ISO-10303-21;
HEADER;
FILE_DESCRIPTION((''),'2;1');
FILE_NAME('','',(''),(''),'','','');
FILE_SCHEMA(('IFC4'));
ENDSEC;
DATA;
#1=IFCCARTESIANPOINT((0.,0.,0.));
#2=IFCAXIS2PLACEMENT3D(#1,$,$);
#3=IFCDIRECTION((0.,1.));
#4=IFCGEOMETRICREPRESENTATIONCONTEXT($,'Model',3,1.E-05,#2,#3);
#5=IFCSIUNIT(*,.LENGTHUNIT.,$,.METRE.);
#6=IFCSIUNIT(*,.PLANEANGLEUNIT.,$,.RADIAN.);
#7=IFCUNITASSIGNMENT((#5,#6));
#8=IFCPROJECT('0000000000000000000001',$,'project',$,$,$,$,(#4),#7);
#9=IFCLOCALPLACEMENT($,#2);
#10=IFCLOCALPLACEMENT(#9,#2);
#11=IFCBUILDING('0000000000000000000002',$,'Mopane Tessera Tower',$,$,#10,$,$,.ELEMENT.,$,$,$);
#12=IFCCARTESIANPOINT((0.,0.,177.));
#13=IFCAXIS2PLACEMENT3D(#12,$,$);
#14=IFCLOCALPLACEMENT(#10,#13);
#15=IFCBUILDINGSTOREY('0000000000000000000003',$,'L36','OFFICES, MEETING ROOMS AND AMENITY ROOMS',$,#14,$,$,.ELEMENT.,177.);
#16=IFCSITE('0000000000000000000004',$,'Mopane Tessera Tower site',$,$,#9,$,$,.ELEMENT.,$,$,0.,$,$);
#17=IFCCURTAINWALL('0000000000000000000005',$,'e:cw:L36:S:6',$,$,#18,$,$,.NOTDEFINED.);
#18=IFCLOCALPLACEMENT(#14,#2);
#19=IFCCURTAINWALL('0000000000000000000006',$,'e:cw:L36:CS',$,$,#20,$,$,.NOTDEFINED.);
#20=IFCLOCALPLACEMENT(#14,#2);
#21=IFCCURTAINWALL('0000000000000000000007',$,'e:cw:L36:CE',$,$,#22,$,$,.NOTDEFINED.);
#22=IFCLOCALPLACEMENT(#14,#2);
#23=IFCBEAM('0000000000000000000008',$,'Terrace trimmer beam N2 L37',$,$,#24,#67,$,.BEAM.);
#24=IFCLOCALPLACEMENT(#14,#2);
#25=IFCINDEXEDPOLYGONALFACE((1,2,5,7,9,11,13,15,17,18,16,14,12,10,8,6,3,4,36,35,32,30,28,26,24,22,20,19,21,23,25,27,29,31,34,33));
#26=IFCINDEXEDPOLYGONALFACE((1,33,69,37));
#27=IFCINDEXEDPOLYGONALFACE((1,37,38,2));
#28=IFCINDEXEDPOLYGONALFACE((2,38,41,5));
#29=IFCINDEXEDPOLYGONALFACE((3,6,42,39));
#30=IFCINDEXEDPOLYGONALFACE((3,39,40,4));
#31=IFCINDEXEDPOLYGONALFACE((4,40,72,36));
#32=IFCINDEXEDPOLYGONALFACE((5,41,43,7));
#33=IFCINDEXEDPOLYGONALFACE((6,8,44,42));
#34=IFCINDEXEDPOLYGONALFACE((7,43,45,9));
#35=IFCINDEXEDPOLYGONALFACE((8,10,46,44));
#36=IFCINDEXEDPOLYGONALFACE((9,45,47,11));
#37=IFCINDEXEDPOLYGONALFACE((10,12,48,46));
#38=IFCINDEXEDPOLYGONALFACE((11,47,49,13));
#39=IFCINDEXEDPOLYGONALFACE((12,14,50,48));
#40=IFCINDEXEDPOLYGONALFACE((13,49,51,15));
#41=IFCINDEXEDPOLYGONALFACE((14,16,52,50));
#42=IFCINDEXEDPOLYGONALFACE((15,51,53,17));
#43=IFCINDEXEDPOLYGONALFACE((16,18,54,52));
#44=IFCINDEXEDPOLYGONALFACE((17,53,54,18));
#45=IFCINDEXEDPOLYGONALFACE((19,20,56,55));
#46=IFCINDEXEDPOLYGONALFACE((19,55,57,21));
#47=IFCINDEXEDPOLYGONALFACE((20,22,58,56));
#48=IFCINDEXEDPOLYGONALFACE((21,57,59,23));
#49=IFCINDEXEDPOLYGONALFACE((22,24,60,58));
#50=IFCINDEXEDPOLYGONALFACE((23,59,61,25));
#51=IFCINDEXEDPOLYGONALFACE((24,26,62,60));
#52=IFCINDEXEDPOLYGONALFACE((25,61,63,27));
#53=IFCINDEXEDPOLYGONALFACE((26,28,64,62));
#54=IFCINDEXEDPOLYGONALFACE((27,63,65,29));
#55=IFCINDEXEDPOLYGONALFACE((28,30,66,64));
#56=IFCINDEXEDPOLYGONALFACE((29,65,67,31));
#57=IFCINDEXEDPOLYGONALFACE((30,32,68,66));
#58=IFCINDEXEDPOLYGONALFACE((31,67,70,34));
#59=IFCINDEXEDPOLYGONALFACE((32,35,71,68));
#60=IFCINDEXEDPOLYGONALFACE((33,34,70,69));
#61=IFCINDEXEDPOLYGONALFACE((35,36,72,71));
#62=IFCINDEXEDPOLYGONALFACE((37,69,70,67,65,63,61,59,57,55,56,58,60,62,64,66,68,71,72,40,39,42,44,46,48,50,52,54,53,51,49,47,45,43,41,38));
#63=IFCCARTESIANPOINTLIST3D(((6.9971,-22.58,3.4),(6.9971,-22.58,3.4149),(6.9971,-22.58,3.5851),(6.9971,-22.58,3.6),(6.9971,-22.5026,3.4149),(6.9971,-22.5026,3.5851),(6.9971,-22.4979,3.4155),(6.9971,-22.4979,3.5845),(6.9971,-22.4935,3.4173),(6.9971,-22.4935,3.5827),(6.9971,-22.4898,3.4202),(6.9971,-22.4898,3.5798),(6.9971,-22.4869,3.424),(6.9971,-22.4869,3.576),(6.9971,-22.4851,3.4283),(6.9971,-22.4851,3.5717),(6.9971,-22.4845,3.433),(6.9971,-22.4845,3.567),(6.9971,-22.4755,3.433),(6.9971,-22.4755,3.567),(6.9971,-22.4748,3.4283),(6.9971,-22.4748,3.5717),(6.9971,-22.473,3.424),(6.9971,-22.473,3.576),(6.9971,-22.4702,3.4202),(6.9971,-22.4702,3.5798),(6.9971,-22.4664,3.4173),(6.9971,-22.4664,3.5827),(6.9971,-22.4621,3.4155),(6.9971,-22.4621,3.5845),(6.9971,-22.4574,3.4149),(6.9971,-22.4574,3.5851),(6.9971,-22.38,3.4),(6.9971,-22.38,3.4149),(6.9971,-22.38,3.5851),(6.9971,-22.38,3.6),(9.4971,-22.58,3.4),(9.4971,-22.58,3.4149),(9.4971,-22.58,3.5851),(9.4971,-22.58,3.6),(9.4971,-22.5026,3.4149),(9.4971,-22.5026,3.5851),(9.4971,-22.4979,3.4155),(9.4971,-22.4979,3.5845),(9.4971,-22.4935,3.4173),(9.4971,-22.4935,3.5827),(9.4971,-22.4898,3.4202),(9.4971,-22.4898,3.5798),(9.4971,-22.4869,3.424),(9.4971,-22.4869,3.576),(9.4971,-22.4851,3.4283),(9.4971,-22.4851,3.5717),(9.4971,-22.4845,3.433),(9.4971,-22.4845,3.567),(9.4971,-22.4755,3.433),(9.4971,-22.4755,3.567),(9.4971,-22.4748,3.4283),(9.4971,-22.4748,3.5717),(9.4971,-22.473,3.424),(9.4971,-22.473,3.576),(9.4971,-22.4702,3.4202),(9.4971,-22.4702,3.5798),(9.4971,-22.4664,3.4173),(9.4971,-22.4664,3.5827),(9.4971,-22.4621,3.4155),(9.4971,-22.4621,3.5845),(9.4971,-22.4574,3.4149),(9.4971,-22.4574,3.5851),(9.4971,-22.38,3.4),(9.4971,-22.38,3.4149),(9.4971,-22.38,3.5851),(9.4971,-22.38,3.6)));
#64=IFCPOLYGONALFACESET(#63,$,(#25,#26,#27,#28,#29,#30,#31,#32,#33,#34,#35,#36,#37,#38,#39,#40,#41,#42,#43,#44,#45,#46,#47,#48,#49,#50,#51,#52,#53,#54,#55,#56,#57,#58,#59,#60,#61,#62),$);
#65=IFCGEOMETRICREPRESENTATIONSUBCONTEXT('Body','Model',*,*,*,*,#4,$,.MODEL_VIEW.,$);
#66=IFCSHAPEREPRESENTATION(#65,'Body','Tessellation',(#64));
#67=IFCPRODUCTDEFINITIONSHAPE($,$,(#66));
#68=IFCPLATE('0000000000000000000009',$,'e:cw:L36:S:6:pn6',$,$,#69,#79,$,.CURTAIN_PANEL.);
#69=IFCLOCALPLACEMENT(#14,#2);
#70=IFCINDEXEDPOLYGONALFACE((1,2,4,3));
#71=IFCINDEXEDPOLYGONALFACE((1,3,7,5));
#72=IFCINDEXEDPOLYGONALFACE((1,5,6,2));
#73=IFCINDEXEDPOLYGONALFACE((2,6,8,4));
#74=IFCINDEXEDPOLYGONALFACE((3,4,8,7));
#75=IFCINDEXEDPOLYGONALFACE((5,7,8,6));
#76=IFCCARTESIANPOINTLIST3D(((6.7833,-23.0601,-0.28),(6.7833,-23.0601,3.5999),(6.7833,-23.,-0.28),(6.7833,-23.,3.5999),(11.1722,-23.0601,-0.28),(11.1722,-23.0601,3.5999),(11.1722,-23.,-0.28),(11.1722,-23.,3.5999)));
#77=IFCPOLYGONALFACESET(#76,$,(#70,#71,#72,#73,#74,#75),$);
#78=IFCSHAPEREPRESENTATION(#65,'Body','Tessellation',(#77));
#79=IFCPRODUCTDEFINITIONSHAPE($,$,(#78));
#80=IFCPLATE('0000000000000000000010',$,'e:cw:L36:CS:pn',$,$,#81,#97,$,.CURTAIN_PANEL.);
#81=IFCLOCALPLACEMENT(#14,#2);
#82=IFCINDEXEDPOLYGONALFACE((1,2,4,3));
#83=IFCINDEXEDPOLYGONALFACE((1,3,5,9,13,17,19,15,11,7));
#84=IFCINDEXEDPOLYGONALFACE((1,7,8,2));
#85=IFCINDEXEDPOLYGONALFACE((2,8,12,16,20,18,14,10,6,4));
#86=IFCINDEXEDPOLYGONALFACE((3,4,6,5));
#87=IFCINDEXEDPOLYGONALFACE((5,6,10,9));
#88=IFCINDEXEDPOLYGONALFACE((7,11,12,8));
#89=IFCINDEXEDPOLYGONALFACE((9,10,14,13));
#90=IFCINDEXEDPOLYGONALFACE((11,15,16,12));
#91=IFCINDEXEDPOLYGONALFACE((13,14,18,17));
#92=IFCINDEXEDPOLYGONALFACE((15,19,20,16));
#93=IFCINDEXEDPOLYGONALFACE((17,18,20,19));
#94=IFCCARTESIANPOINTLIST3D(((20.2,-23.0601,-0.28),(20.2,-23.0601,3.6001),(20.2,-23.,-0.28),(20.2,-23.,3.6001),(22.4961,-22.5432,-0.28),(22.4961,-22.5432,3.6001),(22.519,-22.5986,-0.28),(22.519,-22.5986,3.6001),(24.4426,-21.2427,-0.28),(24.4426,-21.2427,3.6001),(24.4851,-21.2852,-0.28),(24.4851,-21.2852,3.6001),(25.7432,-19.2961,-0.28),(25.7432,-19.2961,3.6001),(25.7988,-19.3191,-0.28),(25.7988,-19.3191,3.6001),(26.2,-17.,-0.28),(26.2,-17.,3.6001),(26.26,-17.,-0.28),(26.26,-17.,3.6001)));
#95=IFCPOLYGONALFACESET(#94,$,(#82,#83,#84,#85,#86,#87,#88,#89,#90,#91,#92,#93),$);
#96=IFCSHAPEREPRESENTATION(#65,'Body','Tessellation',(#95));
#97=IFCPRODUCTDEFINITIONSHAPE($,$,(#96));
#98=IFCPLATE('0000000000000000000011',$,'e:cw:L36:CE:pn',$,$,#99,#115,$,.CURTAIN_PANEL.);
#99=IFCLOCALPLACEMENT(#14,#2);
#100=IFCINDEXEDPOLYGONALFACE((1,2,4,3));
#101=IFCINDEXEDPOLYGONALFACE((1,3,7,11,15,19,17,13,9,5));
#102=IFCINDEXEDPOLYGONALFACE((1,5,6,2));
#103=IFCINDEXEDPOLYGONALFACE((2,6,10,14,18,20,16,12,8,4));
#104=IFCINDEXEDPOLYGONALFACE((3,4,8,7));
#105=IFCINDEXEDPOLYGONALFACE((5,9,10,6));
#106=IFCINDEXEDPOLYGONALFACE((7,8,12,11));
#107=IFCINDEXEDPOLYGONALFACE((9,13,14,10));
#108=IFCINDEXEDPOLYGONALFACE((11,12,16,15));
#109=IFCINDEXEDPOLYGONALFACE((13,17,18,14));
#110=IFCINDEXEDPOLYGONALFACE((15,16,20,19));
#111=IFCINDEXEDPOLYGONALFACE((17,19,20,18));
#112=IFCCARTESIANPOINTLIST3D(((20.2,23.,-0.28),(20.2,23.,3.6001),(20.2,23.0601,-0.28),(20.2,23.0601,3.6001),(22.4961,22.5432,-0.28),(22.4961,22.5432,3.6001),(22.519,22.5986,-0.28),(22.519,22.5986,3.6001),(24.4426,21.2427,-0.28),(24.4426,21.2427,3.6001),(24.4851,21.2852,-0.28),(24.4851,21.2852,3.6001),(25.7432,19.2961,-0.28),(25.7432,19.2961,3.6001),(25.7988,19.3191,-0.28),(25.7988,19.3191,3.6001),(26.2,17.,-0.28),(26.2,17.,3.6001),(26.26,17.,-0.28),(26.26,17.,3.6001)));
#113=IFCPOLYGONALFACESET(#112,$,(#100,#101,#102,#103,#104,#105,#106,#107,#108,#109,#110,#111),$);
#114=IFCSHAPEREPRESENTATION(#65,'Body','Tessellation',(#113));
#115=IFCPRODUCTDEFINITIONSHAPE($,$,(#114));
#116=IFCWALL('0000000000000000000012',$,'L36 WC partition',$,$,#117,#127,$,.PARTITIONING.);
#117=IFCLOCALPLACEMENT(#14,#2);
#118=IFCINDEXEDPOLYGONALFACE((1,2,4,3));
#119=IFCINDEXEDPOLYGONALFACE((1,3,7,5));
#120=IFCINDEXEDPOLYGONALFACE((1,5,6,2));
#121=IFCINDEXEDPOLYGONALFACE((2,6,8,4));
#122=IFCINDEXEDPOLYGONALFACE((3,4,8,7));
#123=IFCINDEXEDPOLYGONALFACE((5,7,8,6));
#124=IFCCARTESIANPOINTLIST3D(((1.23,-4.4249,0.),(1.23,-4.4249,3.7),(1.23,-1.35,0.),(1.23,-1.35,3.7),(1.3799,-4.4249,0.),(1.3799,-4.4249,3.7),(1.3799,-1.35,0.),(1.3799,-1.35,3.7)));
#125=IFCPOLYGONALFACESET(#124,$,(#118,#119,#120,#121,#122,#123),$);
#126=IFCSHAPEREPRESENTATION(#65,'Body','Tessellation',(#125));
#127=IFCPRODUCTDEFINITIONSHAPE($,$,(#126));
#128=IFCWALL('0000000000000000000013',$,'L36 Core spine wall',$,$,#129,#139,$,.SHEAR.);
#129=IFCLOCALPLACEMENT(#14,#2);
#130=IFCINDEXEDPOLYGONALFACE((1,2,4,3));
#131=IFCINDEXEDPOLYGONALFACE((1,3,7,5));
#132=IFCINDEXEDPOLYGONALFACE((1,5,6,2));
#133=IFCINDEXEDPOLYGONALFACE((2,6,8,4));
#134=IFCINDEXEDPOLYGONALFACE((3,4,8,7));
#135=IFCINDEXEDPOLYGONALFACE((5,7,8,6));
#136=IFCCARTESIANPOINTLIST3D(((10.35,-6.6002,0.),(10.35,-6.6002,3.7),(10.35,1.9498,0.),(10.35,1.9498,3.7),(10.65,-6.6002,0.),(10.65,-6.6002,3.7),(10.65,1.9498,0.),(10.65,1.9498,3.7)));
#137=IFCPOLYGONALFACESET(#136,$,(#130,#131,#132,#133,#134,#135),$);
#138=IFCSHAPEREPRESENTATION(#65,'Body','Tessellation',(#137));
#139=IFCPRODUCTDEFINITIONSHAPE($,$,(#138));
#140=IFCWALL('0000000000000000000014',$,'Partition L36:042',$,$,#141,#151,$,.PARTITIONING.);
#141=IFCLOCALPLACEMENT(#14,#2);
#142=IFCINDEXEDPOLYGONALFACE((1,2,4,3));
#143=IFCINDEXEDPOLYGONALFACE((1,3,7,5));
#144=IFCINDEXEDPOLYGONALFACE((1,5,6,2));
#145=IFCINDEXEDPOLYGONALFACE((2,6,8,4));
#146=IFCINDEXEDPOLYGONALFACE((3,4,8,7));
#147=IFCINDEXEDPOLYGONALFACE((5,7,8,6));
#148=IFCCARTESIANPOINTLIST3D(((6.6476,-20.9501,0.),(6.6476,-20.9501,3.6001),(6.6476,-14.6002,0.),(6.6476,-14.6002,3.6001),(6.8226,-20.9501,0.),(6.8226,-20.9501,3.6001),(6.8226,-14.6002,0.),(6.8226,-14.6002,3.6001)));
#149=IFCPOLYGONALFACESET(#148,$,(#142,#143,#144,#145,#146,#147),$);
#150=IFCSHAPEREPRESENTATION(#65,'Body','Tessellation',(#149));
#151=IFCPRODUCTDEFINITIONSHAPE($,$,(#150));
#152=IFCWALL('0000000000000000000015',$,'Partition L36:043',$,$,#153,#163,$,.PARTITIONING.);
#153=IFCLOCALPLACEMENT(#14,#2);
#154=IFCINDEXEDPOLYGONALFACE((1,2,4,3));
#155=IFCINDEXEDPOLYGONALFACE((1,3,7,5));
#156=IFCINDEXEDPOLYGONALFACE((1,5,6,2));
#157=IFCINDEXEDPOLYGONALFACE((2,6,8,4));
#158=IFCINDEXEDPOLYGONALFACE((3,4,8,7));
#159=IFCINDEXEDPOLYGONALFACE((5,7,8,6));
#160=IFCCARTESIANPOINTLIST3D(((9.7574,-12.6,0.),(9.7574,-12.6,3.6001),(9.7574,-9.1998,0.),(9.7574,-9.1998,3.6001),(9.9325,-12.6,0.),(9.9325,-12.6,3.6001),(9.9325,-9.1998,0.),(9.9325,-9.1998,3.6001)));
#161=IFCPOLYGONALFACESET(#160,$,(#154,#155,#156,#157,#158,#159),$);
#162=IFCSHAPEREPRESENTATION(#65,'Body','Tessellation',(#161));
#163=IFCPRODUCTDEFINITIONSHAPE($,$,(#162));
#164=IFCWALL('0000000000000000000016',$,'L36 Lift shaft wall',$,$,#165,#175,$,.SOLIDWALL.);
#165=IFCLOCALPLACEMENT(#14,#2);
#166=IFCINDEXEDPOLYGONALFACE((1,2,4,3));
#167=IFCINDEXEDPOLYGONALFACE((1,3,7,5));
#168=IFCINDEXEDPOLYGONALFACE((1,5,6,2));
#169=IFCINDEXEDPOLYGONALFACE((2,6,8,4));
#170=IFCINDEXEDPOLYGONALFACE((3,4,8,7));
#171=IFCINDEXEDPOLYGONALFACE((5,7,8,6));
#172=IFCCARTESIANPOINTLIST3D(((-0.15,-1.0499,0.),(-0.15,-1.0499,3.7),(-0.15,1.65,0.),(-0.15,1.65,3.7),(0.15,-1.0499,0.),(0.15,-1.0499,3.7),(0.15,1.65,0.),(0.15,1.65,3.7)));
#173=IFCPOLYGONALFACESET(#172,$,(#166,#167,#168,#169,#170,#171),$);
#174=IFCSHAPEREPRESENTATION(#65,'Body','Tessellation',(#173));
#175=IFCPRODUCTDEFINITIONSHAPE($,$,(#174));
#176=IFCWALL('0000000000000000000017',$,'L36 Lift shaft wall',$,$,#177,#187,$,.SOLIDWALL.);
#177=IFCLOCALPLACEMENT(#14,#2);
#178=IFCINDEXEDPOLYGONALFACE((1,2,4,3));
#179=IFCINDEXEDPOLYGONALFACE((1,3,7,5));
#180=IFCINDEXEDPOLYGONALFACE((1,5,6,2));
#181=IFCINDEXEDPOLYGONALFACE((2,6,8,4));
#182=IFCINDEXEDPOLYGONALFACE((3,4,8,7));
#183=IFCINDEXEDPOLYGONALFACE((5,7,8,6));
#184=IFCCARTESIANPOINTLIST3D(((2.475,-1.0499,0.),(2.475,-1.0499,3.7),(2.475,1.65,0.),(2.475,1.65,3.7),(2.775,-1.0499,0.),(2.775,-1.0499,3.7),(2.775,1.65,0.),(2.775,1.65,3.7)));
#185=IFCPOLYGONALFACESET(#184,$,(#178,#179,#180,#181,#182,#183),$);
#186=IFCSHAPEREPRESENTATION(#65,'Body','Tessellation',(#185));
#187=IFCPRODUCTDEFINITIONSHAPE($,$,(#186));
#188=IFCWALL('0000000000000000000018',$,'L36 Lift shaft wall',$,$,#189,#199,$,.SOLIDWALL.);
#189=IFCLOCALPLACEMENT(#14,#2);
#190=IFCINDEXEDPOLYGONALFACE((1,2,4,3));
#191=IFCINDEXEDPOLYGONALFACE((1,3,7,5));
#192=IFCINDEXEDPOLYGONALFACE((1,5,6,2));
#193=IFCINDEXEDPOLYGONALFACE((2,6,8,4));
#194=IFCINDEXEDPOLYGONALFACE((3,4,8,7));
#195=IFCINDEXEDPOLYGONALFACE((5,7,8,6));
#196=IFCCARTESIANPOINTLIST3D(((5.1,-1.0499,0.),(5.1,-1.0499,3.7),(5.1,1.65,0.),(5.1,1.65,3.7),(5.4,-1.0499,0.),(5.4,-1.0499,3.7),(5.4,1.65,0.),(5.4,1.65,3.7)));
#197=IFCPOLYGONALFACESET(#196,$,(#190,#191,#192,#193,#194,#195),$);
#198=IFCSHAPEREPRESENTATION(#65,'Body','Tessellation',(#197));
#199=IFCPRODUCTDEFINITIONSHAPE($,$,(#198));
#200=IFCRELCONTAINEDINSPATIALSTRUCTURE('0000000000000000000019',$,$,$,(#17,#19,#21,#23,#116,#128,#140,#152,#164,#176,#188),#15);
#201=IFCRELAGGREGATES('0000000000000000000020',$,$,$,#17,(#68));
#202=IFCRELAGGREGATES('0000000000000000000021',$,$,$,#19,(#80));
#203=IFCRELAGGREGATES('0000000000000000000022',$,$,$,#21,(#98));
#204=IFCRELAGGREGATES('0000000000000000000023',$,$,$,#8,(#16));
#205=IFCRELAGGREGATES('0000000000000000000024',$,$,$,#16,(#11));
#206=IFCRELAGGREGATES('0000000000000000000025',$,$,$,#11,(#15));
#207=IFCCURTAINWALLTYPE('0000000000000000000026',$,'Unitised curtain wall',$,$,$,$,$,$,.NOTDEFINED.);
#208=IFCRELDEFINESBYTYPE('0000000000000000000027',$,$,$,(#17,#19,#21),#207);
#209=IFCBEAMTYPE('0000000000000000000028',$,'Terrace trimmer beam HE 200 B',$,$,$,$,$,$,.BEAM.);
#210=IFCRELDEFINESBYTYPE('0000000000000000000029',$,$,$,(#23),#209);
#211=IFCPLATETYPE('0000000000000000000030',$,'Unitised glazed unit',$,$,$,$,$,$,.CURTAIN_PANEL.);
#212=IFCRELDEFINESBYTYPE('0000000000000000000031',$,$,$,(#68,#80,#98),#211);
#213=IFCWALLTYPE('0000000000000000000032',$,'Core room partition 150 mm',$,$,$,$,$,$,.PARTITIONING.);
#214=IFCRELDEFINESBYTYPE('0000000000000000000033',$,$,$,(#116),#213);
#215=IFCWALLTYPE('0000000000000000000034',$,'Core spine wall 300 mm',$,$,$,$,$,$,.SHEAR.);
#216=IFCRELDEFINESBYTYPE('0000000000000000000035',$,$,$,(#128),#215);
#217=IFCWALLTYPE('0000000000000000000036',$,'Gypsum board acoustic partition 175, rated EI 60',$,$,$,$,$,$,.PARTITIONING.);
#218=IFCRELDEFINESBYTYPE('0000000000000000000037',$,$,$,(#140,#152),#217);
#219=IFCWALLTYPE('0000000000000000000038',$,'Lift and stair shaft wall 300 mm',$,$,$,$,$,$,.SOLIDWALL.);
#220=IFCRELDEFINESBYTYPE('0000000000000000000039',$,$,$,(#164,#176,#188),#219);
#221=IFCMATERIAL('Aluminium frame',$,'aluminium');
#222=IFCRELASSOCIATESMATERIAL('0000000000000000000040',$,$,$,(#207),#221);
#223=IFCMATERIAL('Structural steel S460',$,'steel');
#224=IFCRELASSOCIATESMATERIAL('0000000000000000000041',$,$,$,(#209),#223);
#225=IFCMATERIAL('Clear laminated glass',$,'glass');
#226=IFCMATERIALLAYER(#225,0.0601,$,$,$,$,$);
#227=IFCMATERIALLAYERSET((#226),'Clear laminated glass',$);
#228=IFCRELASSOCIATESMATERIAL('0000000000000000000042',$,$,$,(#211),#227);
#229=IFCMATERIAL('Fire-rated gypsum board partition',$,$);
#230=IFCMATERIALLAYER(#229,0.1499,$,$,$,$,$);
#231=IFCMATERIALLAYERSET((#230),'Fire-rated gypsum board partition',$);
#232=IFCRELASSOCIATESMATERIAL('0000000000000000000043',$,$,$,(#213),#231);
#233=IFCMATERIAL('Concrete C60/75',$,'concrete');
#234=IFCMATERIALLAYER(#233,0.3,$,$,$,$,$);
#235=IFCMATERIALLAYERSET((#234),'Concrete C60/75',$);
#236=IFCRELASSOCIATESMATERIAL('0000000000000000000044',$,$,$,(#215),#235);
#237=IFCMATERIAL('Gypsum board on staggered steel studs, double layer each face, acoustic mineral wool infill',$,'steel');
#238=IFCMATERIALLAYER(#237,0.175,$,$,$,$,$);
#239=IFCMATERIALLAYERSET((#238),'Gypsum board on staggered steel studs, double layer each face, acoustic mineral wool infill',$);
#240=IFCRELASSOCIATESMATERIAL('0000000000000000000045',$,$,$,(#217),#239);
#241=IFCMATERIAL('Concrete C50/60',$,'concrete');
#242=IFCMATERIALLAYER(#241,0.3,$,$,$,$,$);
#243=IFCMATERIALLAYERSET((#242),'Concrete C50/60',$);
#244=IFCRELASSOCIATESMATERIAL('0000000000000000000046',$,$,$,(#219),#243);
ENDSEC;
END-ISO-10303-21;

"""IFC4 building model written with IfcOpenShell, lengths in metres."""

from ifc_helpers import new_model, si_unit, direction, frame, frame_2d, origin, origin_2d, place, context, subcontext, project, spatial, polyline, rectangle, i_section, outline, extrude, material, layer, layer_set, material_profile, profile_set, type_object, element, aggregate, save


model = new_model("IFC4")

# Units and contexts
model_context = context("Model", 3, precision=1e-05, world=origin(), true_north=direction((0.0, 1.0)))
body_context = subcontext(model_context, "Body", "Model", "MODEL_VIEW")
ifc_project = project(units=[si_unit("LENGTHUNIT", "METRE"), si_unit("PLANEANGLEUNIT", "RADIAN")], contexts=[model_context])

# Site, building, storey
site_placement = place(None, origin())
site = spatial("IfcSite", under=ifc_project, at=site_placement, Name="Mopane Tessera Tower site", CompositionType="ELEMENT", RefElevation=0.0)
building_placement = place(site_placement, origin())
building = spatial("IfcBuilding", under=site, at=building_placement, Name="Mopane Tessera Tower", CompositionType="ELEMENT")
storey_placement = place(building_placement, frame((0.0, 0.0, 177.0)))
storey = spatial("IfcBuildingStorey", under=building, at=storey_placement, Name="L36", Description="OFFICES, MEETING ROOMS AND AMENITY ROOMS", CompositionType="ELEMENT", Elevation=177.0)

# Curtain wall
ifc_material_1 = material(Name="Aluminium frame", Category="aluminium")
curtain_wall_type = type_object("IfcCurtainWallType", Name="Unitised curtain wall", PredefinedType="NOTDEFINED", material=ifc_material_1)
curtain_wall_1_placement = place(storey_placement, origin())
curtain_wall_1 = element("IfcCurtainWall", 1, at=curtain_wall_1_placement, inside=storey, type_object=curtain_wall_type, Name="e:cw:L36:S:6", PredefinedType="NOTDEFINED")

# Curtain walls
curtain_wall_2_placement = place(storey_placement, origin())
curtain_wall_2 = element("IfcCurtainWall", 2, at=curtain_wall_2_placement, inside=storey, type_object=curtain_wall_type, Name="e:cw:L36:CS", PredefinedType="NOTDEFINED")
curtain_wall_3_placement = place(storey_placement, origin())
curtain_wall_3 = element("IfcCurtainWall", 3, at=curtain_wall_3_placement, inside=storey, type_object=curtain_wall_type, Name="e:cw:L36:CE", PredefinedType="NOTDEFINED")

# Beam
ifc_material_2 = material(Name="Structural steel S460", Category="steel")
ifc_material_profile_1 = material_profile(ifc_material_2, i_section(OverallWidth=0.2, OverallDepth=0.2, WebThickness=0.009, FlangeThickness=0.0149, FilletRadius=0.0181, at=origin_2d()))
ifc_profile_set_1 = profile_set([ifc_material_profile_1], Name="Structural steel S460")
beam_type_1 = type_object("IfcBeamType", Name="Terrace trimmer beam HE 200 B", PredefinedType="BEAM", material=ifc_profile_set_1)
beam_1_placement = place(storey_placement, frame((9.4971, -22.48, 3.5), z_axis=(-1.0, 0.0, 0.0), x_axis=(0.0, -1.0, 0.0)))
element("IfcBeam", 4, at=beam_1_placement, inside=storey, type_object=beam_type_1, Name="Terrace trimmer beam N2 L37", PredefinedType="BEAM", context=body_context, shape_type="SweptSolid", body=[
    extrude(i_section(OverallWidth=0.2, OverallDepth=0.2, WebThickness=0.009, FlangeThickness=0.0149, FilletRadius=0.0181, at=origin_2d()), origin(), (0.0, 0.0, 1.0), 2.5),
])

# Plates
ifc_material_3 = material(Name="Clear laminated glass", Category="glass")
ifc_layer_1 = layer(ifc_material_3, 0.0601)
ifc_layer_set_1 = layer_set([ifc_layer_1], Name="Clear laminated glass")
plate_type = type_object("IfcPlateType", Name="Unitised glazed unit", PredefinedType="CURTAIN_PANEL", material=ifc_layer_set_1)
plate_1_placement = place(storey_placement, frame((8.9778, -23.03, -0.28), z_axis=(0.0, 0.0, 1.0), x_axis=(1.0, 0.0, 0.0)))
plate_1 = element("IfcPlate", 5, at=plate_1_placement, type_object=plate_type, Name="e:cw:L36:S:6:pn6", PredefinedType="CURTAIN_PANEL", context=body_context, shape_type="SweptSolid", body=[
    extrude(rectangle(XDim=4.3889, YDim=0.0601, at=origin_2d()), origin(), (0.0, 0.0, 1.0), 3.8799),
])
aggregate(curtain_wall_1, [plate_1])
plate_2_placement = place(storey_placement, frame((0.0, 0.0, -0.28)))
plate_2 = element("IfcPlate", 6, at=plate_2_placement, type_object=plate_type, Name="e:cw:L36:CS:pn", PredefinedType="CURTAIN_PANEL", context=body_context, shape_type="SweptSolid", body=[
    extrude(outline(polyline([(20.2, -23.0), (22.4961, -22.5432), (24.4426, -21.2427), (25.7432, -19.2961), (26.2, -17.0), (26.26, -17.0), (25.7988, -19.3191), (24.4851, -21.2852), (22.519, -22.5986), (20.2, -23.0601), (20.2, -23.0)])), origin(), (0.0, 0.0, 1.0), 3.8801),
])
aggregate(curtain_wall_2, [plate_2])
plate_3_placement = place(storey_placement, frame((0.0, 0.0, -0.28)))
plate_3 = element("IfcPlate", 7, at=plate_3_placement, type_object=plate_type, Name="e:cw:L36:CE:pn", PredefinedType="CURTAIN_PANEL", context=body_context, shape_type="SweptSolid", body=[
    extrude(outline(polyline([(26.2, 17.0), (25.7432, 19.2961), (24.4426, 21.2427), (22.4961, 22.5432), (20.2, 23.0), (20.2, 23.0601), (22.519, 22.5986), (24.4851, 21.2852), (25.7988, 19.3191), (26.26, 17.0), (26.2, 17.0)])), origin(), (0.0, 0.0, 1.0), 3.8801),
])
aggregate(curtain_wall_3, [plate_3])

# Walls
ifc_material_4 = material(Name="Fire-rated gypsum board partition")
ifc_layer_2 = layer(ifc_material_4, 0.1499)
ifc_layer_set_2 = layer_set([ifc_layer_2], Name="Fire-rated gypsum board partition")
wall_type_1 = type_object("IfcWallType", Name="Core room partition 150 mm", PredefinedType="PARTITIONING", material=ifc_layer_set_2)
wall_1_placement = place(storey_placement, frame((1.3049, -4.425, 0.0), z_axis=(0.0, 0.0, 1.0), x_axis=(0.0, 1.0, 0.0)))
element("IfcWall", 8, at=wall_1_placement, inside=storey, type_object=wall_type_1, Name="L36 WC partition", PredefinedType="PARTITIONING", context=body_context, shape_type="SweptSolid", body=[
    extrude(rectangle(XDim=3.075, YDim=0.1499, at=frame_2d((1.5376, 0.0))), origin(), (0.0, 0.0, 1.0), 3.7),
])
ifc_material_5 = material(Name="Concrete C60/75", Category="concrete")
ifc_layer_3 = layer(ifc_material_5, 0.3)
ifc_layer_set_3 = layer_set([ifc_layer_3], Name="Concrete C60/75")
wall_type_2 = type_object("IfcWallType", Name="Core spine wall 300 mm", PredefinedType="SHEAR", material=ifc_layer_set_3)
wall_2_placement = place(storey_placement, frame((10.5, -6.6001, 0.0), z_axis=(0.0, 0.0, 1.0), x_axis=(0.0, 1.0, 0.0)))
element("IfcWall", 9, at=wall_2_placement, inside=storey, type_object=wall_type_2, Name="L36 Core spine wall", PredefinedType="SHEAR", context=body_context, shape_type="SweptSolid", body=[
    extrude(rectangle(XDim=8.55, YDim=0.3, at=frame_2d((4.2749, 0.0))), origin(), (0.0, 0.0, 1.0), 3.7),
])
ifc_material_6 = material(Name="Gypsum board on staggered steel studs, double layer each face, acoustic mineral wool infill", Category="steel")
ifc_layer_4 = layer(ifc_material_6, 0.175)
ifc_layer_set_4 = layer_set([ifc_layer_4], Name="Gypsum board on staggered steel studs, double layer each face, acoustic mineral wool infill")
wall_type_3 = type_object("IfcWallType", Name="Gypsum board acoustic partition 175, rated EI 60", PredefinedType="PARTITIONING", material=ifc_layer_set_4)
wall_3_placement = place(storey_placement, frame((6.7351, -20.95, 0.0), z_axis=(0.0, 0.0, 1.0), x_axis=(0.0, 1.0, 0.0)))
element("IfcWall", 10, at=wall_3_placement, inside=storey, type_object=wall_type_3, Name="Partition L36:042", PredefinedType="PARTITIONING", context=body_context, shape_type="SweptSolid", body=[
    extrude(rectangle(XDim=6.3499, YDim=0.175, at=frame_2d((3.1748, 0.0))), origin(), (0.0, 0.0, 1.0), 3.6001),
])
wall_4_placement = place(storey_placement, frame((9.845, -12.6001, 0.0), z_axis=(0.0, 0.0, 1.0), x_axis=(0.0, 1.0, 0.0)))
element("IfcWall", 11, at=wall_4_placement, inside=storey, type_object=wall_type_3, Name="Partition L36:043", PredefinedType="PARTITIONING", context=body_context, shape_type="SweptSolid", body=[
    extrude(rectangle(XDim=3.4001, YDim=0.175, at=frame_2d((1.7002, 0.0))), origin(), (0.0, 0.0, 1.0), 3.6001),
])
ifc_material_7 = material(Name="Concrete C50/60", Category="concrete")
ifc_layer_5 = layer(ifc_material_7, 0.3)
ifc_layer_set_5 = layer_set([ifc_layer_5], Name="Concrete C50/60")
wall_type_4 = type_object("IfcWallType", Name="Lift and stair shaft wall 300 mm", PredefinedType="SOLIDWALL", material=ifc_layer_set_5)
for number, where, z_axis, x_axis, name in (
    (12, (0.0, -1.05, 0.0), (0.0, 0.0, 1.0), (0.0, 1.0, 0.0), "L36 Lift shaft wall"),
    (13, (2.625, -1.05, 0.0), (0.0, 0.0, 1.0), (0.0, 1.0, 0.0), "L36 Lift shaft wall"),
    (14, (5.25, -1.05, 0.0), (0.0, 0.0, 1.0), (0.0, 1.0, 0.0), "L36 Lift shaft wall"),
):
    element("IfcWall", number, at=place(storey_placement, frame(where, z_axis=z_axis, x_axis=x_axis)), inside=storey, type_object=wall_type_4, Name=name, PredefinedType="SOLIDWALL", context=body_context, shape_type="SweptSolid", body=[
        extrude(rectangle(XDim=2.7, YDim=0.3, at=frame_2d((1.3501, 0.0))), origin(), (0.0, 0.0, 1.0), 3.7),
    ])

save(model, "model.ifc")
